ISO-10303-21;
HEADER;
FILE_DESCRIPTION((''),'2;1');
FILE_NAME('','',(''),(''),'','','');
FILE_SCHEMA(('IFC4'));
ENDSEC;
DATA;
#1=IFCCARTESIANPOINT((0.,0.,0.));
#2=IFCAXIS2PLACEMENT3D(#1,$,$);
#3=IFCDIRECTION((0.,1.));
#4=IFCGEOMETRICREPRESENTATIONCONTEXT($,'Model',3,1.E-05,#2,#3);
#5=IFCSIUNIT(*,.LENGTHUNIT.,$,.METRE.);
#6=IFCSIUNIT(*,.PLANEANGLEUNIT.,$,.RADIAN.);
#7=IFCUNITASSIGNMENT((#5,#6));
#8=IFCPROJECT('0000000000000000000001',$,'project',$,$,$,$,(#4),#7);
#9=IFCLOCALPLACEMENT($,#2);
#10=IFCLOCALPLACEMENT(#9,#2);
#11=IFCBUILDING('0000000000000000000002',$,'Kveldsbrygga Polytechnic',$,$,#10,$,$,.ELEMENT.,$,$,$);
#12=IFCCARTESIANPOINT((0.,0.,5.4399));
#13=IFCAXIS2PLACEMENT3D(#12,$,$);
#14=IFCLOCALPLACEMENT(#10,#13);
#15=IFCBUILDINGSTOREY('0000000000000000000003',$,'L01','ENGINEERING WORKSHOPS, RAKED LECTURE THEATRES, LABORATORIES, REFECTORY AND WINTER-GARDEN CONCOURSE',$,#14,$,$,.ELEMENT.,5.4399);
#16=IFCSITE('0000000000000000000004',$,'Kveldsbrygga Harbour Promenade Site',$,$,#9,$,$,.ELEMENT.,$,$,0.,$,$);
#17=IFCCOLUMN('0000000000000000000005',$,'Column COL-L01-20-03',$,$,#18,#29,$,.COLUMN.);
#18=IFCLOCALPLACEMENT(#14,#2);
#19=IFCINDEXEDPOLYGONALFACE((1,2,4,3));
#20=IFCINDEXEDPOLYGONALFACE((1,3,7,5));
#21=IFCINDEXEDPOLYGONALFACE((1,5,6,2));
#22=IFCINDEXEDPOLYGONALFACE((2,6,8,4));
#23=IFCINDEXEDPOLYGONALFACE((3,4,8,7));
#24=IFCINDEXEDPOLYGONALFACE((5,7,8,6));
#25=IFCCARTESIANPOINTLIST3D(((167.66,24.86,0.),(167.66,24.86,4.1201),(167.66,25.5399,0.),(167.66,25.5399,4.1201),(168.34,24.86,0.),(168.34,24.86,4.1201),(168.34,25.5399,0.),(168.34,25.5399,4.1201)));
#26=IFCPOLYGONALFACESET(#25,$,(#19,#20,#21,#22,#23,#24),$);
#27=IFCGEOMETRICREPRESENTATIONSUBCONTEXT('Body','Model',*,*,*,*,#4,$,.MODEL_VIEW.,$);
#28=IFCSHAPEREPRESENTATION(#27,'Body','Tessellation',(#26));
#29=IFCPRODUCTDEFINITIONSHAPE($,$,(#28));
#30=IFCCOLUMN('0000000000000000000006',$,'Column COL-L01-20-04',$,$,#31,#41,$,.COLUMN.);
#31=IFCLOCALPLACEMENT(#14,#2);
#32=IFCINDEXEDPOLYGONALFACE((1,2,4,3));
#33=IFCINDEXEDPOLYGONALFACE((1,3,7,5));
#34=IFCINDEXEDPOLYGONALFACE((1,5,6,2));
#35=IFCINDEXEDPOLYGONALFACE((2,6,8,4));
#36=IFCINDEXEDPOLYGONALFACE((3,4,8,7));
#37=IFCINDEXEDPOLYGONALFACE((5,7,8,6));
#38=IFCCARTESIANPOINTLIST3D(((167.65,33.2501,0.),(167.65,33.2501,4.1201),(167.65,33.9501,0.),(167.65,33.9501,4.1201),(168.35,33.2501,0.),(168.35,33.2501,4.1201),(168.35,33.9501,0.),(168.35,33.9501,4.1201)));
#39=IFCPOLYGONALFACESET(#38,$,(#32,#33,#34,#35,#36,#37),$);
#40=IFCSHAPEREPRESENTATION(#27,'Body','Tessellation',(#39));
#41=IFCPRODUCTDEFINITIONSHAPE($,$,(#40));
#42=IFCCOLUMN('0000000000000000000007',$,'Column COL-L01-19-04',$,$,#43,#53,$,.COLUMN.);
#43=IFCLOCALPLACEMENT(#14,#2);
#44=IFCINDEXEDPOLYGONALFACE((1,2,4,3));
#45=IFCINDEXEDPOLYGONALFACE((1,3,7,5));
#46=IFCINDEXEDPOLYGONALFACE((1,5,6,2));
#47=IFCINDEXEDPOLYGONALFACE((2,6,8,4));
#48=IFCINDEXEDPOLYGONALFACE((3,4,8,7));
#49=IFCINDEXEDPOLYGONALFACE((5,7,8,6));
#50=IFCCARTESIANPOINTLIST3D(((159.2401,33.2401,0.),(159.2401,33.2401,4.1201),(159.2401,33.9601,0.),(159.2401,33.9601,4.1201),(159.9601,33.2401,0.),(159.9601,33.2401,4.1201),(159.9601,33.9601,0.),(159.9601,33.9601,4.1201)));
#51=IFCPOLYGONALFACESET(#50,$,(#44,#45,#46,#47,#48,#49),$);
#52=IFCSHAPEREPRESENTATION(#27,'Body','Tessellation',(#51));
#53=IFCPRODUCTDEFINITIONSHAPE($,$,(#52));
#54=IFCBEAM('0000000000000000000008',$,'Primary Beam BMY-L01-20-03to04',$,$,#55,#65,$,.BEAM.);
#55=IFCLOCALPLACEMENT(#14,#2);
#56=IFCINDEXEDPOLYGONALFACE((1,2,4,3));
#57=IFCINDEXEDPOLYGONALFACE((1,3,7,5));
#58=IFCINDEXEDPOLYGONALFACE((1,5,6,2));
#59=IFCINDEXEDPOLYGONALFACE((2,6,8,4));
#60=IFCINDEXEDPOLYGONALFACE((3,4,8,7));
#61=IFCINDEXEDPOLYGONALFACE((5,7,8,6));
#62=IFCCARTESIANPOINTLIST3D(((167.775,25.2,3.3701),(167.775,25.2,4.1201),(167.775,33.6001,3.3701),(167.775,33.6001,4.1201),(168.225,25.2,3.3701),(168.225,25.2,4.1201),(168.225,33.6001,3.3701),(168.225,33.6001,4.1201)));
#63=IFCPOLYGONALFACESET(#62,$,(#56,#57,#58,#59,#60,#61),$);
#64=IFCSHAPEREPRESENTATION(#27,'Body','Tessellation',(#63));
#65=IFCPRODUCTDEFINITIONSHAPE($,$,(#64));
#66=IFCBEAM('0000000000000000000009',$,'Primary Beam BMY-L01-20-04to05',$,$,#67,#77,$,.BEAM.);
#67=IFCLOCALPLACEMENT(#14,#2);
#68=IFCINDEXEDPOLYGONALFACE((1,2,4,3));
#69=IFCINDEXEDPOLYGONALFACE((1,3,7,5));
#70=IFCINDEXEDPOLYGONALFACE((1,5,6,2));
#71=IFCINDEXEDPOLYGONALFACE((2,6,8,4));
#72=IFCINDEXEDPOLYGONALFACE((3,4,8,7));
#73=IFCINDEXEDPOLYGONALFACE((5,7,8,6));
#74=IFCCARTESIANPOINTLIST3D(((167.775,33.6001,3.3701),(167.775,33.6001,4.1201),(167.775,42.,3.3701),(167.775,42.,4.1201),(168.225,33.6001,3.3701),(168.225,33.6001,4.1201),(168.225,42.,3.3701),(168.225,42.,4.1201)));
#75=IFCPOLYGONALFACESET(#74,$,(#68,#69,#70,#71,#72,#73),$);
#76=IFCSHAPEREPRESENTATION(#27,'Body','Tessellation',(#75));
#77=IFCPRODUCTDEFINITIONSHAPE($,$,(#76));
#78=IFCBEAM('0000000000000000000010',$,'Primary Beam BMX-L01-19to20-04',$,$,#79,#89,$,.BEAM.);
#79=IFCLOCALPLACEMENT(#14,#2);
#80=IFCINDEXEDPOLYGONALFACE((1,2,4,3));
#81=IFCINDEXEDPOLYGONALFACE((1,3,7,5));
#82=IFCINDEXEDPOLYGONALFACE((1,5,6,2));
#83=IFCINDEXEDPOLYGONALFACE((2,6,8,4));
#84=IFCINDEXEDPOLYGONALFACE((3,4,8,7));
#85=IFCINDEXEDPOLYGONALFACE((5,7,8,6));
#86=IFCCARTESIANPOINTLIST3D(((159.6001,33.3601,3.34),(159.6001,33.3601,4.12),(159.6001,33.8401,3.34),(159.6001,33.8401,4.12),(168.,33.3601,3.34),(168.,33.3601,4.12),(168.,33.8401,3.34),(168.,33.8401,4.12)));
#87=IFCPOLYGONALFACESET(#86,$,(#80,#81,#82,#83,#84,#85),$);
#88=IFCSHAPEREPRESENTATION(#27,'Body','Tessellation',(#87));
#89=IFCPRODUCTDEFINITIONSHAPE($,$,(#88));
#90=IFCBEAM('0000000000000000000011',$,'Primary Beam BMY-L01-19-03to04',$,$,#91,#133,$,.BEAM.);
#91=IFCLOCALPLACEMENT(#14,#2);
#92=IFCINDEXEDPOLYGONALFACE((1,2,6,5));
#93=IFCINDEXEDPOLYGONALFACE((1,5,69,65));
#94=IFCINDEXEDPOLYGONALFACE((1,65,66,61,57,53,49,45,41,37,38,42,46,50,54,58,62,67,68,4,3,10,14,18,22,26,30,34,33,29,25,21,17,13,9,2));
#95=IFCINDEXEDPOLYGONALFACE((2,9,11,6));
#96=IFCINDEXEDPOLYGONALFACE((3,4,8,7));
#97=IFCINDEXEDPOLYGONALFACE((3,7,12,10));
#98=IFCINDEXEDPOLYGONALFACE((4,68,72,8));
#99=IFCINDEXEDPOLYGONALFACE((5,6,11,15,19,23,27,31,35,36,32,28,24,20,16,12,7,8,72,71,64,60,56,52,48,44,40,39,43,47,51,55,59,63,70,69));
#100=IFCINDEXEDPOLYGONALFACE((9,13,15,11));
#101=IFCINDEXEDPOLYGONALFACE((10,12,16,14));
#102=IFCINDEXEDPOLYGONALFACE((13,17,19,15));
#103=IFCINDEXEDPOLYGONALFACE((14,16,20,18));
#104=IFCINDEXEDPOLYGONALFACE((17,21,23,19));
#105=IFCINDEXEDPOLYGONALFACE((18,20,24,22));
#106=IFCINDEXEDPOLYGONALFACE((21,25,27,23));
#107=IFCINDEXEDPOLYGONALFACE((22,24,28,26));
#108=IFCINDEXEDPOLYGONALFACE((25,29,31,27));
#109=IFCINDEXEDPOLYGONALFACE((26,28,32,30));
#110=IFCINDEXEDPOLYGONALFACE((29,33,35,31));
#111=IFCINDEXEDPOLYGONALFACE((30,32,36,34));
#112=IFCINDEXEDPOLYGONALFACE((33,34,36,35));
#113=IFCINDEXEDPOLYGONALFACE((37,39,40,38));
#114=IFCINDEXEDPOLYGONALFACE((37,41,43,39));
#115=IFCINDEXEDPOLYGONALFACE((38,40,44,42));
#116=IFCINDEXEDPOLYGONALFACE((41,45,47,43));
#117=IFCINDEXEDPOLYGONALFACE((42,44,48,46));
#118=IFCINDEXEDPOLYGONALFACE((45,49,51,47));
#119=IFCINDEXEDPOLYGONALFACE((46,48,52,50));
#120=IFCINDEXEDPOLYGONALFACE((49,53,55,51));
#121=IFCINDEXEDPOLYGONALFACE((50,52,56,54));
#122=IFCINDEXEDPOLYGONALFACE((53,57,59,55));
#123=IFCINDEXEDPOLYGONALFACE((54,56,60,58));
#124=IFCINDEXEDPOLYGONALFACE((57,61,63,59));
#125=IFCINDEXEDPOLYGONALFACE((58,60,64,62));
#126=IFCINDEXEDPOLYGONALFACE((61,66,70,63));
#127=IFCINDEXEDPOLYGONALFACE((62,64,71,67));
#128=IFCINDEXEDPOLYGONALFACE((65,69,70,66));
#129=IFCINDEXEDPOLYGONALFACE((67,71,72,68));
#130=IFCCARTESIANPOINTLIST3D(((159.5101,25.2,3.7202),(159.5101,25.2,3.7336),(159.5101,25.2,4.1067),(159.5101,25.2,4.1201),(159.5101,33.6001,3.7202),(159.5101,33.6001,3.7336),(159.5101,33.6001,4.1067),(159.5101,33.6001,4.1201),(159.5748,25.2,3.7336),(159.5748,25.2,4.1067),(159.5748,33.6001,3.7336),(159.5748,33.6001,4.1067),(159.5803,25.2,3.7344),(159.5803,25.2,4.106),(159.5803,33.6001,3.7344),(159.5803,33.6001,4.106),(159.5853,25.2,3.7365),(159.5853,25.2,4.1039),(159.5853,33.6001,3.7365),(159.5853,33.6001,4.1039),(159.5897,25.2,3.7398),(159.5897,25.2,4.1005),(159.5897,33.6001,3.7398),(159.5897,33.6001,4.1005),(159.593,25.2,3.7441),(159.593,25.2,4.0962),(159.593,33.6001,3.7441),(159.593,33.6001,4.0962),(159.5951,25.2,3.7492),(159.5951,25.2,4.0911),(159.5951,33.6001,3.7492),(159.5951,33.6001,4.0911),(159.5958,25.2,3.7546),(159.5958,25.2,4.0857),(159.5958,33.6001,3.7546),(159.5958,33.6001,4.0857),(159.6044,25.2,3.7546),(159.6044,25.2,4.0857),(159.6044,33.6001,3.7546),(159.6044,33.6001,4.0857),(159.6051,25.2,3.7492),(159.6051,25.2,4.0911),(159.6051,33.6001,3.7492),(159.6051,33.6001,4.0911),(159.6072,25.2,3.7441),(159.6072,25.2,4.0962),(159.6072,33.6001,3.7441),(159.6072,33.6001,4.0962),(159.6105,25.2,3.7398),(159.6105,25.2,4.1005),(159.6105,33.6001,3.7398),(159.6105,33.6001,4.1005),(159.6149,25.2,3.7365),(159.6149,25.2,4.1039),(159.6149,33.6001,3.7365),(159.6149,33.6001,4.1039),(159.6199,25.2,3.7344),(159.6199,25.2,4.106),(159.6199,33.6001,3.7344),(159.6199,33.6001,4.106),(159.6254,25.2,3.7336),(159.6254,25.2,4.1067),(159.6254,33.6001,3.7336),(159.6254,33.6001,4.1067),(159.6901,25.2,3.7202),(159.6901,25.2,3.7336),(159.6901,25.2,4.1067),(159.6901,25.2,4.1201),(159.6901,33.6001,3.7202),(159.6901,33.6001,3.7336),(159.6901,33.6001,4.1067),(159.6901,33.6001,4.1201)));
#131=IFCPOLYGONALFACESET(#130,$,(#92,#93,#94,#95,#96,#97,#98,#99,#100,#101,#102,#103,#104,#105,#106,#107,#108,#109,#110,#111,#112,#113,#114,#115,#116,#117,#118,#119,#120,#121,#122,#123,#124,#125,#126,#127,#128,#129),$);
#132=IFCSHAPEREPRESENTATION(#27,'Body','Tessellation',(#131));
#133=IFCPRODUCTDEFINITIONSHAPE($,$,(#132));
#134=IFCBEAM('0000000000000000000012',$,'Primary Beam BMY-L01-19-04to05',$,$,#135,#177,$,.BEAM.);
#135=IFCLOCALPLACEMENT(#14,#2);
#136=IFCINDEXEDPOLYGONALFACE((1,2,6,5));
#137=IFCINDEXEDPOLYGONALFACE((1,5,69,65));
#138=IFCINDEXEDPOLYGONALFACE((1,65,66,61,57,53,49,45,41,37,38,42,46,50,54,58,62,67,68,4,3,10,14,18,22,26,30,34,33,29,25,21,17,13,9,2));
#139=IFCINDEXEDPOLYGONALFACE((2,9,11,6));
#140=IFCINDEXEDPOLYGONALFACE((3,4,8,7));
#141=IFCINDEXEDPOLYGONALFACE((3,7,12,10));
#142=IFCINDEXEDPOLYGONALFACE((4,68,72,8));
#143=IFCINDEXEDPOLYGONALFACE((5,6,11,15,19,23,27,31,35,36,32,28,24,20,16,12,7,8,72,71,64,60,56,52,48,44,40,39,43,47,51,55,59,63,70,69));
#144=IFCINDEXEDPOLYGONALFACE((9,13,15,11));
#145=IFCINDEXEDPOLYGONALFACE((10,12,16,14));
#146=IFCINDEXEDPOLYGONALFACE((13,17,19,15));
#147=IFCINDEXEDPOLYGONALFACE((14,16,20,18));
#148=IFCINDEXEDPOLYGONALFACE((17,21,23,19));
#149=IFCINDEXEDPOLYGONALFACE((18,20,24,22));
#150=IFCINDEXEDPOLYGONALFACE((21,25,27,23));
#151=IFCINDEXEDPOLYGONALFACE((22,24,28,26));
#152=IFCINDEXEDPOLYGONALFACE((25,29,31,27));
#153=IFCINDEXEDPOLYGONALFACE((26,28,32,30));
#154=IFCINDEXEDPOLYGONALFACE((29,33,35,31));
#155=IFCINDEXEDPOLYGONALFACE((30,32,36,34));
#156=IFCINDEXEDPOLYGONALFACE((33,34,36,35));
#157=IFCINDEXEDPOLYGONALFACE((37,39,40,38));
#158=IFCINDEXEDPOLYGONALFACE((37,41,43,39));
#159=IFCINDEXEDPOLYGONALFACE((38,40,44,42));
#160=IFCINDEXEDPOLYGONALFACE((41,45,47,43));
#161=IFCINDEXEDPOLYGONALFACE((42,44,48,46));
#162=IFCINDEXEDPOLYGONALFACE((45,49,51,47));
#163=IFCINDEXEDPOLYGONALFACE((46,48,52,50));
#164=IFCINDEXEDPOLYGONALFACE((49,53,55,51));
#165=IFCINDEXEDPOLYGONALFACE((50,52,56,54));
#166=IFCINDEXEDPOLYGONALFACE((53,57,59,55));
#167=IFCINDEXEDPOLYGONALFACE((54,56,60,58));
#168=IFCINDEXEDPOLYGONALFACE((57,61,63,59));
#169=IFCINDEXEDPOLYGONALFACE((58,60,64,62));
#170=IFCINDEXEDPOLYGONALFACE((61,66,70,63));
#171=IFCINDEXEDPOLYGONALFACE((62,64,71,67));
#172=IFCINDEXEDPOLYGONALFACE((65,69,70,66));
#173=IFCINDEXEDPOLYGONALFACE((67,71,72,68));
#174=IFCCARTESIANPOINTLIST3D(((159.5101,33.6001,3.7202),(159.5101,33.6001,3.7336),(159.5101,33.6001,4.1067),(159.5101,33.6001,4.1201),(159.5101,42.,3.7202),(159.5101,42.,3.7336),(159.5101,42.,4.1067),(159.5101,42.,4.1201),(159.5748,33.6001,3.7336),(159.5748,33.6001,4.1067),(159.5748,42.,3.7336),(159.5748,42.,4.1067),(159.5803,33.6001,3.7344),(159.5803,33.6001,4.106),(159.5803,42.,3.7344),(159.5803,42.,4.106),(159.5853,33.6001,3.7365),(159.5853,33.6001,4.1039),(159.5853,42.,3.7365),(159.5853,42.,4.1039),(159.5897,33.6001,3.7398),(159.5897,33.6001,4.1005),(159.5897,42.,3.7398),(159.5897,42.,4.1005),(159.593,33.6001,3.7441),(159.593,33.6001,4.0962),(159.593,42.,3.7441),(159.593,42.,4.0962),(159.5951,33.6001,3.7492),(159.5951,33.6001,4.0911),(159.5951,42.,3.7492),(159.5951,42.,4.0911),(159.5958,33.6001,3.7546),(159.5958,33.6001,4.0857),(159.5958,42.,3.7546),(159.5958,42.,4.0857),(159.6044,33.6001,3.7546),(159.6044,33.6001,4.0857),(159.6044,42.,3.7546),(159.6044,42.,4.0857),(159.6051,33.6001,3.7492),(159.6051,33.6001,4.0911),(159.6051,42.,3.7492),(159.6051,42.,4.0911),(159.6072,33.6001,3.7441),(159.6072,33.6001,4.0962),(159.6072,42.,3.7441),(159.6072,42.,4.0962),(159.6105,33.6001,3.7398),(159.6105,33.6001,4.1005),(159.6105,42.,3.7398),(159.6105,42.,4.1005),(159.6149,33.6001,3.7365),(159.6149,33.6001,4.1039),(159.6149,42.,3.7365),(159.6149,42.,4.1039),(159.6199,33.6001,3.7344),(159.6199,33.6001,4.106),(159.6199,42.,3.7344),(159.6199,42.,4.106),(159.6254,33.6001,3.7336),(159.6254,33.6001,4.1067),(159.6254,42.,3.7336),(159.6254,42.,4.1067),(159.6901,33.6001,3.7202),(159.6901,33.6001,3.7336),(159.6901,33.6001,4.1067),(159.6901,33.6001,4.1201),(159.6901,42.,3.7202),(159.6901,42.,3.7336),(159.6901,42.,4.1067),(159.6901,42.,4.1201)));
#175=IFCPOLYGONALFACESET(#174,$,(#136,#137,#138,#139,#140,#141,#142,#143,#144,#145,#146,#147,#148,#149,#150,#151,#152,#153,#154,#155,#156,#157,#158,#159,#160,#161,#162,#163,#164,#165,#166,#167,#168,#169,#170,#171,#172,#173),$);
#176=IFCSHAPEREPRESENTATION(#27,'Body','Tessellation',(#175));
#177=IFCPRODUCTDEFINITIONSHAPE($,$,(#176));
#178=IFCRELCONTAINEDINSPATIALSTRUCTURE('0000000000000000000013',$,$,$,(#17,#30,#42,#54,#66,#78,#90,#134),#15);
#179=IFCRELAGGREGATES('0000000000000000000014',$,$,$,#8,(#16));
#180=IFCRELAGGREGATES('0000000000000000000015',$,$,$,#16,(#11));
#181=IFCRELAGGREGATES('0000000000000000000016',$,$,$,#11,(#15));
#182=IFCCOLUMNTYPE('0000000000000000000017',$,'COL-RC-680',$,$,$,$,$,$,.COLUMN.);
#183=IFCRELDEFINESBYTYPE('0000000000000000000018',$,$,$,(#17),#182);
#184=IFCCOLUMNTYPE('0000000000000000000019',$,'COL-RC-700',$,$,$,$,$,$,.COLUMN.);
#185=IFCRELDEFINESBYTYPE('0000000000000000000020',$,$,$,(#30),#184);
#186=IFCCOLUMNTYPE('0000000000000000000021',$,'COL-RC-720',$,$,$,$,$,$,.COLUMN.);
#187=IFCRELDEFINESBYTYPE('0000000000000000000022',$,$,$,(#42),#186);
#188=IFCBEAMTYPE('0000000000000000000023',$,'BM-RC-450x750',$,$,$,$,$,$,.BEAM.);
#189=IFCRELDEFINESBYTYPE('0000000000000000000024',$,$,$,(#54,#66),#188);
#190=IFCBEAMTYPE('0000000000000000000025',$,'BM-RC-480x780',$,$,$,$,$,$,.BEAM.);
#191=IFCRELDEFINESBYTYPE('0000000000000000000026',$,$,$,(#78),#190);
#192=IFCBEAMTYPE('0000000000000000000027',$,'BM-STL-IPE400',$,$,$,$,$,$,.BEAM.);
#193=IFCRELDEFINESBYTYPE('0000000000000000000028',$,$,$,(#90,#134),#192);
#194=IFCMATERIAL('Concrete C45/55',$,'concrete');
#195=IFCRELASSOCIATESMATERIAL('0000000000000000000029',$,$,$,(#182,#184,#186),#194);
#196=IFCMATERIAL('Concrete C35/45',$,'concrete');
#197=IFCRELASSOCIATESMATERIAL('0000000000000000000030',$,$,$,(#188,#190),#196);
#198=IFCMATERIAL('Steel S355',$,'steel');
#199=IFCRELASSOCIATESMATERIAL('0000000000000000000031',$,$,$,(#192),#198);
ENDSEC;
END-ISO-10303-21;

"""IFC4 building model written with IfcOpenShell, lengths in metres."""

from ifc_helpers import new_model, si_unit, direction, frame, origin, origin_2d, place, context, subcontext, project, spatial, rectangle, i_section, extrude, material, material_profile, profile_set, type_object, element, save


model = new_model("IFC4")

# Units and contexts
model_context = context("Model", 3, precision=1e-05, world=origin(), true_north=direction((0.0, 1.0)))
body_context = subcontext(model_context, "Body", "Model", "MODEL_VIEW")
ifc_project = project(units=[si_unit("LENGTHUNIT", "METRE"), si_unit("PLANEANGLEUNIT", "RADIAN")], contexts=[model_context])

# Site, building, storey
site_placement = place(None, origin())
site = spatial("IfcSite", under=ifc_project, at=site_placement, Name="Kveldsbrygga Harbour Promenade Site", CompositionType="ELEMENT", RefElevation=0.0)
building_placement = place(site_placement, origin())
building = spatial("IfcBuilding", under=site, at=building_placement, Name="Kveldsbrygga Polytechnic", CompositionType="ELEMENT")
storey_placement = place(building_placement, frame((0.0, 0.0, 5.4399)))
storey = spatial("IfcBuildingStorey", under=building, at=storey_placement, Name="L01", Description="ENGINEERING WORKSHOPS, RAKED LECTURE THEATRES, LABORATORIES, REFECTORY AND WINTER-GARDEN CONCOURSE", CompositionType="ELEMENT", Elevation=5.4399)

# Columns
ifc_material_1 = material(Name="Concrete C45/55", Category="concrete")
ifc_material_profile_1 = material_profile(ifc_material_1, rectangle(XDim=0.6799, YDim=0.6799, at=origin_2d()), Name="RC 680x680")
ifc_profile_set_1 = profile_set([ifc_material_profile_1], Name="Concrete C45/55")
column_type_1 = type_object("IfcColumnType", Name="COL-RC-680", PredefinedType="COLUMN", material=ifc_profile_set_1)
column_1_placement = place(storey_placement, frame((168.0, 25.2, 0.0), z_axis=(0.0, 0.0, 1.0), x_axis=(1.0, 0.0, 0.0)))
element("IfcColumn", 1, at=column_1_placement, inside=storey, type_object=column_type_1, Name="Column COL-L01-20-03", PredefinedType="COLUMN", context=body_context, shape_type="SweptSolid", body=[
    extrude(rectangle(XDim=0.6799, YDim=0.6799, at=origin_2d()), origin(), (0.0, 0.0, 1.0), 4.1201),
])
ifc_material_profile_2 = material_profile(ifc_material_1, rectangle(XDim=0.7, YDim=0.7, at=origin_2d()), Name="RC 700x700")
ifc_profile_set_2 = profile_set([ifc_material_profile_2], Name="Concrete C45/55")
column_type_2 = type_object("IfcColumnType", Name="COL-RC-700", PredefinedType="COLUMN", material=ifc_profile_set_2)
column_2_placement = place(storey_placement, frame((168.0, 33.6001, 0.0), z_axis=(0.0, 0.0, 1.0), x_axis=(1.0, 0.0, 0.0)))
element("IfcColumn", 2, at=column_2_placement, inside=storey, type_object=column_type_2, Name="Column COL-L01-20-04", PredefinedType="COLUMN", context=body_context, shape_type="SweptSolid", body=[
    extrude(rectangle(XDim=0.7, YDim=0.7, at=origin_2d()), origin(), (0.0, 0.0, 1.0), 4.1201),
])
ifc_material_profile_3 = material_profile(ifc_material_1, rectangle(XDim=0.72, YDim=0.72, at=origin_2d()), Name="RC 720x720")
ifc_profile_set_3 = profile_set([ifc_material_profile_3], Name="Concrete C45/55")
column_type_3 = type_object("IfcColumnType", Name="COL-RC-720", PredefinedType="COLUMN", material=ifc_profile_set_3)
column_3_placement = place(storey_placement, frame((159.6001, 33.6001, 0.0), z_axis=(0.0, 0.0, 1.0), x_axis=(1.0, 0.0, 0.0)))
element("IfcColumn", 3, at=column_3_placement, inside=storey, type_object=column_type_3, Name="Column COL-L01-19-04", PredefinedType="COLUMN", context=body_context, shape_type="SweptSolid", body=[
    extrude(rectangle(XDim=0.72, YDim=0.72, at=origin_2d()), origin(), (0.0, 0.0, 1.0), 4.1201),
])

# Beams
ifc_material_2 = material(Name="Concrete C35/45", Category="concrete")
ifc_material_profile_4 = material_profile(ifc_material_2, rectangle(XDim=0.45, YDim=0.75, at=origin_2d()), Name="RC 450x750")
ifc_profile_set_4 = profile_set([ifc_material_profile_4], Name="Concrete C35/45")
beam_type_1 = type_object("IfcBeamType", Name="BM-RC-450x750", PredefinedType="BEAM", material=ifc_profile_set_4)
beam_1_placement = place(storey_placement, frame((168.0, 25.2, 3.7451), z_axis=(0.0, 1.0, 0.0), x_axis=(-1.0, 0.0, 0.0)))
element("IfcBeam", 4, at=beam_1_placement, inside=storey, type_object=beam_type_1, Name="Primary Beam BMY-L01-20-03to04", PredefinedType="BEAM", context=body_context, shape_type="SweptSolid", body=[
    extrude(rectangle(XDim=0.45, YDim=0.75, at=origin_2d()), origin(), (0.0, 0.0, 1.0), 8.4001),
])
beam_2_placement = place(storey_placement, frame((168.0, 33.6001, 3.7451), z_axis=(0.0, 1.0, 0.0), x_axis=(-1.0, 0.0, 0.0)))
element("IfcBeam", 5, at=beam_2_placement, inside=storey, type_object=beam_type_1, Name="Primary Beam BMY-L01-20-04to05", PredefinedType="BEAM", context=body_context, shape_type="SweptSolid", body=[
    extrude(rectangle(XDim=0.45, YDim=0.75, at=origin_2d()), origin(), (0.0, 0.0, 1.0), 8.3999),
])
ifc_material_profile_5 = material_profile(ifc_material_2, rectangle(XDim=0.48, YDim=0.78, at=origin_2d()), Name="RC 480x780")
ifc_profile_set_5 = profile_set([ifc_material_profile_5], Name="Concrete C35/45")
beam_type_2 = type_object("IfcBeamType", Name="BM-RC-480x780", PredefinedType="BEAM", material=ifc_profile_set_5)
beam_3_placement = place(storey_placement, frame((159.6001, 33.6001, 3.73), z_axis=(1.0, 0.0, 0.0), x_axis=(0.0, 1.0, 0.0)))
element("IfcBeam", 6, at=beam_3_placement, inside=storey, type_object=beam_type_2, Name="Primary Beam BMX-L01-19to20-04", PredefinedType="BEAM", context=body_context, shape_type="SweptSolid", body=[
    extrude(rectangle(XDim=0.48, YDim=0.78, at=origin_2d()), origin(), (0.0, 0.0, 1.0), 8.3999),
])
ifc_material_3 = material(Name="Steel S355", Category="steel")
ifc_material_profile_6 = material_profile(ifc_material_3, i_section(OverallWidth=0.1799, OverallDepth=0.3999, WebThickness=0.0085, FlangeThickness=0.0134, FilletRadius=0.021, at=origin_2d()), Name="IPE 400")
ifc_profile_set_6 = profile_set([ifc_material_profile_6], Name="Steel S355")
beam_type_3 = type_object("IfcBeamType", Name="BM-STL-IPE400", PredefinedType="BEAM", material=ifc_profile_set_6)
beam_4_placement = place(storey_placement, frame((159.6001, 25.2, 3.9202), z_axis=(0.0, 1.0, 0.0), x_axis=(-1.0, 0.0, 0.0)))
element("IfcBeam", 7, at=beam_4_placement, inside=storey, type_object=beam_type_3, Name="Primary Beam BMY-L01-19-03to04", PredefinedType="BEAM", context=body_context, shape_type="SweptSolid", body=[
    extrude(i_section(OverallWidth=0.1799, OverallDepth=0.3999, WebThickness=0.0085, FlangeThickness=0.0134, FilletRadius=0.021, at=origin_2d()), origin(), (0.0, 0.0, 1.0), 8.4001),
])
beam_5_placement = place(storey_placement, frame((159.6001, 33.6001, 3.9202), z_axis=(0.0, 1.0, 0.0), x_axis=(-1.0, 0.0, 0.0)))
element("IfcBeam", 8, at=beam_5_placement, inside=storey, type_object=beam_type_3, Name="Primary Beam BMY-L01-19-04to05", PredefinedType="BEAM", context=body_context, shape_type="SweptSolid", body=[
    extrude(i_section(OverallWidth=0.1799, OverallDepth=0.3999, WebThickness=0.0085, FlangeThickness=0.0134, FilletRadius=0.021, at=origin_2d()), origin(), (0.0, 0.0, 1.0), 8.3999),
])

save(model, "model.ifc")
